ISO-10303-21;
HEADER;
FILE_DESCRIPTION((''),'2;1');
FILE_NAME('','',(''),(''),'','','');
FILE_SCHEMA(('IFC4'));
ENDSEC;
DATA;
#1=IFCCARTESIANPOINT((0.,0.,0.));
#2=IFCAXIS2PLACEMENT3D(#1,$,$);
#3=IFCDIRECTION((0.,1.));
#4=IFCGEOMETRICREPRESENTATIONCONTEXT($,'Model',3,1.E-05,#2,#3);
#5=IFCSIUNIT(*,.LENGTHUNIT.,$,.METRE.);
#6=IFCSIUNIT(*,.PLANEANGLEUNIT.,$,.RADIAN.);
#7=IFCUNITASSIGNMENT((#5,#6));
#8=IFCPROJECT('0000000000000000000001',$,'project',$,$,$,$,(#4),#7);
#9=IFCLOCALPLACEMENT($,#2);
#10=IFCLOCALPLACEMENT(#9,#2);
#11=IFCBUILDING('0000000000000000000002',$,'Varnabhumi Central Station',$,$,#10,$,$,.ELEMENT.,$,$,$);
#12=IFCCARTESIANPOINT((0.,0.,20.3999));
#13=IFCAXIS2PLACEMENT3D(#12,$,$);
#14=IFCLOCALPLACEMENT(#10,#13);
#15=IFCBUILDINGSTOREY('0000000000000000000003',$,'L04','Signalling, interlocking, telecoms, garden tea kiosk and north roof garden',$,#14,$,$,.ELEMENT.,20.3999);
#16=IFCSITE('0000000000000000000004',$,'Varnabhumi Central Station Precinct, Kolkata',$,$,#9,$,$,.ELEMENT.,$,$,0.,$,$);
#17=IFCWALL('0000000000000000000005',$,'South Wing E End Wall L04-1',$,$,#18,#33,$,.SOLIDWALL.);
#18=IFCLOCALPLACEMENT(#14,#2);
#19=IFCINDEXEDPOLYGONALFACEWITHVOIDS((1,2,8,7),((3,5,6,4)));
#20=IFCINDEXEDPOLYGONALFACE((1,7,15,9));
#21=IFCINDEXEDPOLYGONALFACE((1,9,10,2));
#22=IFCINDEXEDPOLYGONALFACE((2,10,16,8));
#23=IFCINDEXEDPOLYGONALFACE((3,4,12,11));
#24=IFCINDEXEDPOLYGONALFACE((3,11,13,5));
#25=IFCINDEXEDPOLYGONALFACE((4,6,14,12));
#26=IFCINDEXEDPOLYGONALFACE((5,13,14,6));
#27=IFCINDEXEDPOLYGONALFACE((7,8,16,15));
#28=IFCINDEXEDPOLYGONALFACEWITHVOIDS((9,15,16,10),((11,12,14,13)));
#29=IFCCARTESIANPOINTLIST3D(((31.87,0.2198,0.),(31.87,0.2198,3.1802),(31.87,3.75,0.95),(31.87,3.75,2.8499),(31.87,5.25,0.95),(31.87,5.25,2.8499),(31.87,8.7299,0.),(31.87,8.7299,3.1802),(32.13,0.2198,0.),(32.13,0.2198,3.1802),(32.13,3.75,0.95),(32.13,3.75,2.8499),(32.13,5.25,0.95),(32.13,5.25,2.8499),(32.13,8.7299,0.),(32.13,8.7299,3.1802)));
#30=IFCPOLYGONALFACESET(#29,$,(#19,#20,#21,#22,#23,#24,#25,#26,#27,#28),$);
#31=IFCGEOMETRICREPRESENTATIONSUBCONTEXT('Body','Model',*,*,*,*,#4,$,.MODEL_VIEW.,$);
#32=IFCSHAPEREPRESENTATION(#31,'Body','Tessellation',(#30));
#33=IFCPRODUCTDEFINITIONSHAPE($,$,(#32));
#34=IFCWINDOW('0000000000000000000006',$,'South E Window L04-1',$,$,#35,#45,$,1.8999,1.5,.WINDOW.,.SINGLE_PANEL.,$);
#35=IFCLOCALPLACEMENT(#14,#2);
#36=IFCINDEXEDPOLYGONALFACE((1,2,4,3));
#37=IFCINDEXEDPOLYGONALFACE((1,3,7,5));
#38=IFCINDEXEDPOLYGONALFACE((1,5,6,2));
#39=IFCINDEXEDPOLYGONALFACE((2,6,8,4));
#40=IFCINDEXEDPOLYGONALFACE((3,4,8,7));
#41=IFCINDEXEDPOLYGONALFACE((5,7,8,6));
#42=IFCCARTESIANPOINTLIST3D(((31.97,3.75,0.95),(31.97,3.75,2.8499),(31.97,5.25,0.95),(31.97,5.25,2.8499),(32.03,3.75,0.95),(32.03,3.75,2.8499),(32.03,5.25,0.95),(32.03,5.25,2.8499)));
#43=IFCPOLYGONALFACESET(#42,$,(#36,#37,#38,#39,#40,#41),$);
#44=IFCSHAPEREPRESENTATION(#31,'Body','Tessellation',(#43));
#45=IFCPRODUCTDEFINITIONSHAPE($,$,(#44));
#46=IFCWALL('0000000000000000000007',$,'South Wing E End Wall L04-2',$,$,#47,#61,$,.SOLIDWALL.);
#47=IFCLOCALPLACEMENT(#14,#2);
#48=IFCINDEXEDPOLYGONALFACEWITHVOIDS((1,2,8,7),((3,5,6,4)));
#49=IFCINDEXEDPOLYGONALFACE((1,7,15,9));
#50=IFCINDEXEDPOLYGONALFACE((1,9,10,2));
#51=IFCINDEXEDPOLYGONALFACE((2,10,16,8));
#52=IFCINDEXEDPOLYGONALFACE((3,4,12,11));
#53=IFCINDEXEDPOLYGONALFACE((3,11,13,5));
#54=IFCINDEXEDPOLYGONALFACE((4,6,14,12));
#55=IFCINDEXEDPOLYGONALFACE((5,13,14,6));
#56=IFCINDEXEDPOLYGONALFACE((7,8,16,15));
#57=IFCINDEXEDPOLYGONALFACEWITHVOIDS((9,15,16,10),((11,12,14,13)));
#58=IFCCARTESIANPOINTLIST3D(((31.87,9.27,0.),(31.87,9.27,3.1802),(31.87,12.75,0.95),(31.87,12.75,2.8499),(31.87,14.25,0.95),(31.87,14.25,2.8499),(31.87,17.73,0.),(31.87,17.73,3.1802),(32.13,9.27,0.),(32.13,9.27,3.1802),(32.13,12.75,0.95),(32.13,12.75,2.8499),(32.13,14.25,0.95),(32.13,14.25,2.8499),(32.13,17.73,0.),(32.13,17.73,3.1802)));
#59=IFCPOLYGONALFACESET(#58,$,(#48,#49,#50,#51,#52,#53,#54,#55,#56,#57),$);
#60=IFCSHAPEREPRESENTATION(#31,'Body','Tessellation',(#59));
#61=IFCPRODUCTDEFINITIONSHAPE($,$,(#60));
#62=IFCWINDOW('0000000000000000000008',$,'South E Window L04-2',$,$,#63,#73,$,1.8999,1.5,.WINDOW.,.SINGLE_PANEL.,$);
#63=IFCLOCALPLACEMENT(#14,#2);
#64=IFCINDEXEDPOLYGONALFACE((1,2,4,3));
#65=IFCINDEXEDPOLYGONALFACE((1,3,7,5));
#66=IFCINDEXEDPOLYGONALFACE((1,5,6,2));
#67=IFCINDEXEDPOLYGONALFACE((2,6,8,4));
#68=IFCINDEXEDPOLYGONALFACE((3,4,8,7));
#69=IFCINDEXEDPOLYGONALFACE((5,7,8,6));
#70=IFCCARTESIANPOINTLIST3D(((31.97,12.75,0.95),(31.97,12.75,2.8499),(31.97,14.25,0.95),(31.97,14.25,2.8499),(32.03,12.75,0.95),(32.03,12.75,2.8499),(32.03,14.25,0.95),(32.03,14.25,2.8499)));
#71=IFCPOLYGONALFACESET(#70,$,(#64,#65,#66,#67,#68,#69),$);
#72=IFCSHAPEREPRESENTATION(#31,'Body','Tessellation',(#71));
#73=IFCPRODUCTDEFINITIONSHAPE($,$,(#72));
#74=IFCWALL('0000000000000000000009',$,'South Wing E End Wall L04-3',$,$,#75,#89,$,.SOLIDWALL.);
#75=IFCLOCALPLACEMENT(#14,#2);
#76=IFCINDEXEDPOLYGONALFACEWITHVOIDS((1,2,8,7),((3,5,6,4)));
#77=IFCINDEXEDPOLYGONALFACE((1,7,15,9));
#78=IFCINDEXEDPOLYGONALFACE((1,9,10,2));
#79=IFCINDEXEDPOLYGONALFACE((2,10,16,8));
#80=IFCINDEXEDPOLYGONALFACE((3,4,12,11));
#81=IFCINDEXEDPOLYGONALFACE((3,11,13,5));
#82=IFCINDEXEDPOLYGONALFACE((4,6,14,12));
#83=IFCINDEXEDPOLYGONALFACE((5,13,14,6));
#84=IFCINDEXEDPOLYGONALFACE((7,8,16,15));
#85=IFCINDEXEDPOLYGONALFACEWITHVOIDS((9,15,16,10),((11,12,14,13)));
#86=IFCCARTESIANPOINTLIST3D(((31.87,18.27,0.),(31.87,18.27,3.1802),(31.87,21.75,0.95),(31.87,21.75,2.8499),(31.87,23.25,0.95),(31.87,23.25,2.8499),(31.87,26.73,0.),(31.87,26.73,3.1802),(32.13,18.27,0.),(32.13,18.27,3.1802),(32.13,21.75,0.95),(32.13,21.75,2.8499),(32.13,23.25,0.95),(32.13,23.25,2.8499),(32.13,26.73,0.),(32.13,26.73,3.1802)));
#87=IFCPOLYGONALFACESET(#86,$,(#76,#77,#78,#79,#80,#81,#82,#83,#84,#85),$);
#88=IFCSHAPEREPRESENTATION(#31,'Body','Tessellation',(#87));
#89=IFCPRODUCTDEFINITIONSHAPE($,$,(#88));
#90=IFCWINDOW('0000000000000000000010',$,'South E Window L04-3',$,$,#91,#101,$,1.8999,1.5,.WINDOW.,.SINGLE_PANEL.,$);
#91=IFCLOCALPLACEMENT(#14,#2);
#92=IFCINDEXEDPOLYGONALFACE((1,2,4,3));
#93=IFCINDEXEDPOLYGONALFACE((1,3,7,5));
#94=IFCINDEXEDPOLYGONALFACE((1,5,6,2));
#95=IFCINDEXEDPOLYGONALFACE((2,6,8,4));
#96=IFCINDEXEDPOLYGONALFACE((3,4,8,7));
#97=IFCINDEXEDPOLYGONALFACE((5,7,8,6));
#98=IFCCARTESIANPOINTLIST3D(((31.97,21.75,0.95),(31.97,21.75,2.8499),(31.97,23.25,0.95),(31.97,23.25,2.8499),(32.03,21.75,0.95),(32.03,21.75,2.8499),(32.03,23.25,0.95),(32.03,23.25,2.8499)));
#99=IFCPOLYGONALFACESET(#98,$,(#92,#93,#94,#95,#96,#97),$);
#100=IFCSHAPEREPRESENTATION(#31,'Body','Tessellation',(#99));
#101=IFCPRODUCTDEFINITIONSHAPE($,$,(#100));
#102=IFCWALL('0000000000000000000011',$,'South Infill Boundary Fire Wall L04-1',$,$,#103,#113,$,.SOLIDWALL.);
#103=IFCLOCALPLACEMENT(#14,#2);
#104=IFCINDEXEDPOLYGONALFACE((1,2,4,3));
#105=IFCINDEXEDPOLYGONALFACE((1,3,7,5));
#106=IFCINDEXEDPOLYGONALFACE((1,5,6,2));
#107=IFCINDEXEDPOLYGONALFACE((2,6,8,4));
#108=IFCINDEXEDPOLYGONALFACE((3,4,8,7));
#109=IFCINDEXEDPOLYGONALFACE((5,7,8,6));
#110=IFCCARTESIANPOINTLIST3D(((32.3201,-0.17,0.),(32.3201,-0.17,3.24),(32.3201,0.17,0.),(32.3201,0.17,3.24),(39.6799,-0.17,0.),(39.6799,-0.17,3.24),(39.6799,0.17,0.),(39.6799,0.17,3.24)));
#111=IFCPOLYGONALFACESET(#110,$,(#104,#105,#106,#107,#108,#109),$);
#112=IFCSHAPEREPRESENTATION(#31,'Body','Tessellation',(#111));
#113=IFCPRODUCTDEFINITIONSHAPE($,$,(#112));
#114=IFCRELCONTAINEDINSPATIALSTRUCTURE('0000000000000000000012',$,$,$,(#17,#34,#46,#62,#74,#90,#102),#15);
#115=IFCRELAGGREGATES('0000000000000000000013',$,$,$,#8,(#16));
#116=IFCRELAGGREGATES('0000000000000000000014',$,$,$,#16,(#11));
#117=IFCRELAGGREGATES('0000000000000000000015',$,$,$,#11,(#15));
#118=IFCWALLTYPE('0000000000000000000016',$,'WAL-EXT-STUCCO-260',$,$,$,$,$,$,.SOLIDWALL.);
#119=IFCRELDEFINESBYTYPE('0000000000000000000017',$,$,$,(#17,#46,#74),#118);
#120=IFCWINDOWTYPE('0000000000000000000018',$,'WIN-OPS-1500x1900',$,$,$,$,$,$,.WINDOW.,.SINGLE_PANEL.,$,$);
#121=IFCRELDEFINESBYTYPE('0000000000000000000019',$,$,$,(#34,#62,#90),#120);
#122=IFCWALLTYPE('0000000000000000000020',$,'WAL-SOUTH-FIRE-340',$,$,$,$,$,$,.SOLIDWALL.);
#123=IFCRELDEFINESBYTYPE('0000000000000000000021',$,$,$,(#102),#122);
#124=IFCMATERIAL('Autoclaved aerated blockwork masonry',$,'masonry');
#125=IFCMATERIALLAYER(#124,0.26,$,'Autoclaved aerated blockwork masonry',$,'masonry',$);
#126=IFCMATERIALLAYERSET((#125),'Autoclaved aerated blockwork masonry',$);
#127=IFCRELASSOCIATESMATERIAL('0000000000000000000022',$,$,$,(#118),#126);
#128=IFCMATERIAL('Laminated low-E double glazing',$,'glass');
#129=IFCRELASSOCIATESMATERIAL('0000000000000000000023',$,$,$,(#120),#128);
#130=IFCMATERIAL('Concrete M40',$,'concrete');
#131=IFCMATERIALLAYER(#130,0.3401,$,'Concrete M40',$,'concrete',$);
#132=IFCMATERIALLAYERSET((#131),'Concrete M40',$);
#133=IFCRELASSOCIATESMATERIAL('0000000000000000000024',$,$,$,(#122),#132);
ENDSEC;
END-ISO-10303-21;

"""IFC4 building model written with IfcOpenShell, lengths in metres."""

from ifc_helpers import new_model, si_unit, direction, frame, frame_2d, origin, place, context, subcontext, project, spatial, rectangle, extrude, material, layer, layer_set, type_object, element, fill, save


model = new_model("IFC4")

# Units and contexts
model_context = context("Model", 3, precision=1e-05, world=origin(), true_north=direction((0.0, 1.0)))
body_context = subcontext(model_context, "Body", "Model", "MODEL_VIEW")
ifc_project = project(units=[si_unit("LENGTHUNIT", "METRE"), si_unit("PLANEANGLEUNIT", "RADIAN")], contexts=[model_context])

# Site, building, storey
site_placement = place(None, origin())
site = spatial("IfcSite", under=ifc_project, at=site_placement, Name="Varnabhumi Central Station Precinct, Kolkata", CompositionType="ELEMENT", RefElevation=0.0)
building_placement = place(site_placement, origin())
building = spatial("IfcBuilding", under=site, at=building_placement, Name="Varnabhumi Central Station", CompositionType="ELEMENT")
storey_placement = place(building_placement, frame((0.0, 0.0, 20.3999)))
storey = spatial("IfcBuildingStorey", under=building, at=storey_placement, Name="L04", Description="Signalling, interlocking, telecoms, garden tea kiosk and north roof garden", CompositionType="ELEMENT", Elevation=20.3999)

# Shared definitions
ifc_material_1 = material(Name="Concrete M40", Category="concrete")

# Shared definitions
ifc_material_2 = material(Name="Autoclaved aerated blockwork masonry", Category="masonry")

# Walls, openings, windows
ifc_layer_1 = layer(ifc_material_2, 0.26, Name="Autoclaved aerated blockwork masonry", Category="masonry")
ifc_layer_set_1 = layer_set([ifc_layer_1], Name="Autoclaved aerated blockwork masonry")
wall_type_1 = type_object("IfcWallType", Name="WAL-EXT-STUCCO-260", PredefinedType="SOLIDWALL", material=ifc_layer_set_1)
wall_1_placement = place(storey_placement, frame((32.0, 0.22, 0.0), z_axis=(0.0, 0.0, 1.0), x_axis=(0.0, 1.0, 0.0)))
wall_1 = element("IfcWall", 1, at=wall_1_placement, inside=storey, type_object=wall_type_1, Name="South Wing E End Wall L04-1", PredefinedType="SOLIDWALL", context=body_context, shape_type="SweptSolid", body=[
    extrude(rectangle(XDim=8.51, YDim=0.26, at=frame_2d((4.2549, 0.0))), origin(), (0.0, 0.0, 1.0), 3.1802),
])
opening_1_placement = place(wall_1_placement, frame((3.53, 0.0, 0.95)))
opening_1 = element("IfcOpeningElement", 2, at=opening_1_placement, cuts=wall_1, PredefinedType="OPENING", context=body_context, shape_type="SweptSolid", body=[
    extrude(rectangle(XDim=1.5, YDim=1.8999, at=frame_2d((0.75, 0.95))), frame((0.0, 0.1399, 0.0), z_axis=(0.0, -1.0, 0.0), x_axis=(1.0, 0.0, 0.0)), (0.0, 0.0, 1.0), 0.28),
])
ifc_material_3 = material(Name="Laminated low-E double glazing", Category="glass")
window_type = type_object("IfcWindowType", Name="WIN-OPS-1500x1900", PartitioningType="SINGLE_PANEL", PredefinedType="WINDOW", material=ifc_material_3)
window_1_placement = place(opening_1_placement, origin())
window_1 = element("IfcWindow", 3, at=window_1_placement, inside=storey, type_object=window_type, Name="South E Window L04-1", OverallHeight=1.8999, OverallWidth=1.5, PartitioningType="SINGLE_PANEL", PredefinedType="WINDOW", context=body_context, shape_type="SweptSolid", body=[
    extrude(rectangle(XDim=1.5, YDim=1.8999, at=frame_2d((0.75, 0.95))), frame((0.0, 0.03, 0.0), z_axis=(0.0, -1.0, 0.0), x_axis=(1.0, 0.0, 0.0)), (0.0, 0.0, 1.0), 0.0601),
])
fill(opening_1, window_1)
wall_2_placement = place(storey_placement, frame((32.0, 9.27, 0.0), z_axis=(0.0, 0.0, 1.0), x_axis=(0.0, 1.0, 0.0)))
wall_2 = element("IfcWall", 4, at=wall_2_placement, inside=storey, type_object=wall_type_1, Name="South Wing E End Wall L04-2", PredefinedType="SOLIDWALL", context=body_context, shape_type="SweptSolid", body=[
    extrude(rectangle(XDim=8.46, YDim=0.26, at=frame_2d((4.23, 0.0))), origin(), (0.0, 0.0, 1.0), 3.1802),
])
opening_2_placement = place(wall_2_placement, frame((3.48, 0.0, 0.95)))
opening_2 = element("IfcOpeningElement", 5, at=opening_2_placement, cuts=wall_2, PredefinedType="OPENING", context=body_context, shape_type="SweptSolid", body=[
    extrude(rectangle(XDim=1.5, YDim=1.8999, at=frame_2d((0.75, 0.95))), frame((0.0, 0.1399, 0.0), z_axis=(0.0, -1.0, 0.0), x_axis=(1.0, 0.0, 0.0)), (0.0, 0.0, 1.0), 0.28),
])
window_2_placement = place(opening_2_placement, origin())
window_2 = element("IfcWindow", 6, at=window_2_placement, inside=storey, type_object=window_type, Name="South E Window L04-2", OverallHeight=1.8999, OverallWidth=1.5, PartitioningType="SINGLE_PANEL", PredefinedType="WINDOW", context=body_context, shape_type="SweptSolid", body=[
    extrude(rectangle(XDim=1.5, YDim=1.8999, at=frame_2d((0.75, 0.95))), frame((0.0, 0.03, 0.0), z_axis=(0.0, -1.0, 0.0), x_axis=(1.0, 0.0, 0.0)), (0.0, 0.0, 1.0), 0.0601),
])
fill(opening_2, window_2)
wall_3_placement = place(storey_placement, frame((32.0, 18.27, 0.0), z_axis=(0.0, 0.0, 1.0), x_axis=(0.0, 1.0, 0.0)))
wall_3 = element("IfcWall", 7, at=wall_3_placement, inside=storey, type_object=wall_type_1, Name="South Wing E End Wall L04-3", PredefinedType="SOLIDWALL", context=body_context, shape_type="SweptSolid", body=[
    extrude(rectangle(XDim=8.46, YDim=0.26, at=frame_2d((4.23, 0.0))), origin(), (0.0, 0.0, 1.0), 3.1802),
])
opening_3_placement = place(wall_3_placement, frame((3.48, 0.0, 0.95)))
opening_3 = element("IfcOpeningElement", 8, at=opening_3_placement, cuts=wall_3, PredefinedType="OPENING", context=body_context, shape_type="SweptSolid", body=[
    extrude(rectangle(XDim=1.5, YDim=1.8999, at=frame_2d((0.75, 0.95))), frame((0.0, 0.1399, 0.0), z_axis=(0.0, -1.0, 0.0), x_axis=(1.0, 0.0, 0.0)), (0.0, 0.0, 1.0), 0.28),
])
window_3_placement = place(opening_3_placement, origin())
window_3 = element("IfcWindow", 9, at=window_3_placement, inside=storey, type_object=window_type, Name="South E Window L04-3", OverallHeight=1.8999, OverallWidth=1.5, PartitioningType="SINGLE_PANEL", PredefinedType="WINDOW", context=body_context, shape_type="SweptSolid", body=[
    extrude(rectangle(XDim=1.5, YDim=1.8999, at=frame_2d((0.75, 0.95))), frame((0.0, 0.03, 0.0), z_axis=(0.0, -1.0, 0.0), x_axis=(1.0, 0.0, 0.0)), (0.0, 0.0, 1.0), 0.0601),
])
fill(opening_3, window_3)

# Wall
ifc_layer_2 = layer(ifc_material_1, 0.3401, Name="Concrete M40", Category="concrete")
ifc_layer_set_2 = layer_set([ifc_layer_2], Name="Concrete M40")
wall_type_2 = type_object("IfcWallType", Name="WAL-SOUTH-FIRE-340", PredefinedType="SOLIDWALL", material=ifc_layer_set_2)
wall_4_placement = place(storey_placement, frame((32.3201, 0.0, 0.0), z_axis=(0.0, 0.0, 1.0), x_axis=(1.0, 0.0, 0.0)))
element("IfcWall", 10, at=wall_4_placement, inside=storey, type_object=wall_type_2, Name="South Infill Boundary Fire Wall L04-1", PredefinedType="SOLIDWALL", context=body_context, shape_type="SweptSolid", body=[
    extrude(rectangle(XDim=7.3599, YDim=0.3401, at=frame_2d((3.6799, 0.0))), origin(), (0.0, 0.0, 1.0), 3.24),
])

save(model, "model.ifc")
